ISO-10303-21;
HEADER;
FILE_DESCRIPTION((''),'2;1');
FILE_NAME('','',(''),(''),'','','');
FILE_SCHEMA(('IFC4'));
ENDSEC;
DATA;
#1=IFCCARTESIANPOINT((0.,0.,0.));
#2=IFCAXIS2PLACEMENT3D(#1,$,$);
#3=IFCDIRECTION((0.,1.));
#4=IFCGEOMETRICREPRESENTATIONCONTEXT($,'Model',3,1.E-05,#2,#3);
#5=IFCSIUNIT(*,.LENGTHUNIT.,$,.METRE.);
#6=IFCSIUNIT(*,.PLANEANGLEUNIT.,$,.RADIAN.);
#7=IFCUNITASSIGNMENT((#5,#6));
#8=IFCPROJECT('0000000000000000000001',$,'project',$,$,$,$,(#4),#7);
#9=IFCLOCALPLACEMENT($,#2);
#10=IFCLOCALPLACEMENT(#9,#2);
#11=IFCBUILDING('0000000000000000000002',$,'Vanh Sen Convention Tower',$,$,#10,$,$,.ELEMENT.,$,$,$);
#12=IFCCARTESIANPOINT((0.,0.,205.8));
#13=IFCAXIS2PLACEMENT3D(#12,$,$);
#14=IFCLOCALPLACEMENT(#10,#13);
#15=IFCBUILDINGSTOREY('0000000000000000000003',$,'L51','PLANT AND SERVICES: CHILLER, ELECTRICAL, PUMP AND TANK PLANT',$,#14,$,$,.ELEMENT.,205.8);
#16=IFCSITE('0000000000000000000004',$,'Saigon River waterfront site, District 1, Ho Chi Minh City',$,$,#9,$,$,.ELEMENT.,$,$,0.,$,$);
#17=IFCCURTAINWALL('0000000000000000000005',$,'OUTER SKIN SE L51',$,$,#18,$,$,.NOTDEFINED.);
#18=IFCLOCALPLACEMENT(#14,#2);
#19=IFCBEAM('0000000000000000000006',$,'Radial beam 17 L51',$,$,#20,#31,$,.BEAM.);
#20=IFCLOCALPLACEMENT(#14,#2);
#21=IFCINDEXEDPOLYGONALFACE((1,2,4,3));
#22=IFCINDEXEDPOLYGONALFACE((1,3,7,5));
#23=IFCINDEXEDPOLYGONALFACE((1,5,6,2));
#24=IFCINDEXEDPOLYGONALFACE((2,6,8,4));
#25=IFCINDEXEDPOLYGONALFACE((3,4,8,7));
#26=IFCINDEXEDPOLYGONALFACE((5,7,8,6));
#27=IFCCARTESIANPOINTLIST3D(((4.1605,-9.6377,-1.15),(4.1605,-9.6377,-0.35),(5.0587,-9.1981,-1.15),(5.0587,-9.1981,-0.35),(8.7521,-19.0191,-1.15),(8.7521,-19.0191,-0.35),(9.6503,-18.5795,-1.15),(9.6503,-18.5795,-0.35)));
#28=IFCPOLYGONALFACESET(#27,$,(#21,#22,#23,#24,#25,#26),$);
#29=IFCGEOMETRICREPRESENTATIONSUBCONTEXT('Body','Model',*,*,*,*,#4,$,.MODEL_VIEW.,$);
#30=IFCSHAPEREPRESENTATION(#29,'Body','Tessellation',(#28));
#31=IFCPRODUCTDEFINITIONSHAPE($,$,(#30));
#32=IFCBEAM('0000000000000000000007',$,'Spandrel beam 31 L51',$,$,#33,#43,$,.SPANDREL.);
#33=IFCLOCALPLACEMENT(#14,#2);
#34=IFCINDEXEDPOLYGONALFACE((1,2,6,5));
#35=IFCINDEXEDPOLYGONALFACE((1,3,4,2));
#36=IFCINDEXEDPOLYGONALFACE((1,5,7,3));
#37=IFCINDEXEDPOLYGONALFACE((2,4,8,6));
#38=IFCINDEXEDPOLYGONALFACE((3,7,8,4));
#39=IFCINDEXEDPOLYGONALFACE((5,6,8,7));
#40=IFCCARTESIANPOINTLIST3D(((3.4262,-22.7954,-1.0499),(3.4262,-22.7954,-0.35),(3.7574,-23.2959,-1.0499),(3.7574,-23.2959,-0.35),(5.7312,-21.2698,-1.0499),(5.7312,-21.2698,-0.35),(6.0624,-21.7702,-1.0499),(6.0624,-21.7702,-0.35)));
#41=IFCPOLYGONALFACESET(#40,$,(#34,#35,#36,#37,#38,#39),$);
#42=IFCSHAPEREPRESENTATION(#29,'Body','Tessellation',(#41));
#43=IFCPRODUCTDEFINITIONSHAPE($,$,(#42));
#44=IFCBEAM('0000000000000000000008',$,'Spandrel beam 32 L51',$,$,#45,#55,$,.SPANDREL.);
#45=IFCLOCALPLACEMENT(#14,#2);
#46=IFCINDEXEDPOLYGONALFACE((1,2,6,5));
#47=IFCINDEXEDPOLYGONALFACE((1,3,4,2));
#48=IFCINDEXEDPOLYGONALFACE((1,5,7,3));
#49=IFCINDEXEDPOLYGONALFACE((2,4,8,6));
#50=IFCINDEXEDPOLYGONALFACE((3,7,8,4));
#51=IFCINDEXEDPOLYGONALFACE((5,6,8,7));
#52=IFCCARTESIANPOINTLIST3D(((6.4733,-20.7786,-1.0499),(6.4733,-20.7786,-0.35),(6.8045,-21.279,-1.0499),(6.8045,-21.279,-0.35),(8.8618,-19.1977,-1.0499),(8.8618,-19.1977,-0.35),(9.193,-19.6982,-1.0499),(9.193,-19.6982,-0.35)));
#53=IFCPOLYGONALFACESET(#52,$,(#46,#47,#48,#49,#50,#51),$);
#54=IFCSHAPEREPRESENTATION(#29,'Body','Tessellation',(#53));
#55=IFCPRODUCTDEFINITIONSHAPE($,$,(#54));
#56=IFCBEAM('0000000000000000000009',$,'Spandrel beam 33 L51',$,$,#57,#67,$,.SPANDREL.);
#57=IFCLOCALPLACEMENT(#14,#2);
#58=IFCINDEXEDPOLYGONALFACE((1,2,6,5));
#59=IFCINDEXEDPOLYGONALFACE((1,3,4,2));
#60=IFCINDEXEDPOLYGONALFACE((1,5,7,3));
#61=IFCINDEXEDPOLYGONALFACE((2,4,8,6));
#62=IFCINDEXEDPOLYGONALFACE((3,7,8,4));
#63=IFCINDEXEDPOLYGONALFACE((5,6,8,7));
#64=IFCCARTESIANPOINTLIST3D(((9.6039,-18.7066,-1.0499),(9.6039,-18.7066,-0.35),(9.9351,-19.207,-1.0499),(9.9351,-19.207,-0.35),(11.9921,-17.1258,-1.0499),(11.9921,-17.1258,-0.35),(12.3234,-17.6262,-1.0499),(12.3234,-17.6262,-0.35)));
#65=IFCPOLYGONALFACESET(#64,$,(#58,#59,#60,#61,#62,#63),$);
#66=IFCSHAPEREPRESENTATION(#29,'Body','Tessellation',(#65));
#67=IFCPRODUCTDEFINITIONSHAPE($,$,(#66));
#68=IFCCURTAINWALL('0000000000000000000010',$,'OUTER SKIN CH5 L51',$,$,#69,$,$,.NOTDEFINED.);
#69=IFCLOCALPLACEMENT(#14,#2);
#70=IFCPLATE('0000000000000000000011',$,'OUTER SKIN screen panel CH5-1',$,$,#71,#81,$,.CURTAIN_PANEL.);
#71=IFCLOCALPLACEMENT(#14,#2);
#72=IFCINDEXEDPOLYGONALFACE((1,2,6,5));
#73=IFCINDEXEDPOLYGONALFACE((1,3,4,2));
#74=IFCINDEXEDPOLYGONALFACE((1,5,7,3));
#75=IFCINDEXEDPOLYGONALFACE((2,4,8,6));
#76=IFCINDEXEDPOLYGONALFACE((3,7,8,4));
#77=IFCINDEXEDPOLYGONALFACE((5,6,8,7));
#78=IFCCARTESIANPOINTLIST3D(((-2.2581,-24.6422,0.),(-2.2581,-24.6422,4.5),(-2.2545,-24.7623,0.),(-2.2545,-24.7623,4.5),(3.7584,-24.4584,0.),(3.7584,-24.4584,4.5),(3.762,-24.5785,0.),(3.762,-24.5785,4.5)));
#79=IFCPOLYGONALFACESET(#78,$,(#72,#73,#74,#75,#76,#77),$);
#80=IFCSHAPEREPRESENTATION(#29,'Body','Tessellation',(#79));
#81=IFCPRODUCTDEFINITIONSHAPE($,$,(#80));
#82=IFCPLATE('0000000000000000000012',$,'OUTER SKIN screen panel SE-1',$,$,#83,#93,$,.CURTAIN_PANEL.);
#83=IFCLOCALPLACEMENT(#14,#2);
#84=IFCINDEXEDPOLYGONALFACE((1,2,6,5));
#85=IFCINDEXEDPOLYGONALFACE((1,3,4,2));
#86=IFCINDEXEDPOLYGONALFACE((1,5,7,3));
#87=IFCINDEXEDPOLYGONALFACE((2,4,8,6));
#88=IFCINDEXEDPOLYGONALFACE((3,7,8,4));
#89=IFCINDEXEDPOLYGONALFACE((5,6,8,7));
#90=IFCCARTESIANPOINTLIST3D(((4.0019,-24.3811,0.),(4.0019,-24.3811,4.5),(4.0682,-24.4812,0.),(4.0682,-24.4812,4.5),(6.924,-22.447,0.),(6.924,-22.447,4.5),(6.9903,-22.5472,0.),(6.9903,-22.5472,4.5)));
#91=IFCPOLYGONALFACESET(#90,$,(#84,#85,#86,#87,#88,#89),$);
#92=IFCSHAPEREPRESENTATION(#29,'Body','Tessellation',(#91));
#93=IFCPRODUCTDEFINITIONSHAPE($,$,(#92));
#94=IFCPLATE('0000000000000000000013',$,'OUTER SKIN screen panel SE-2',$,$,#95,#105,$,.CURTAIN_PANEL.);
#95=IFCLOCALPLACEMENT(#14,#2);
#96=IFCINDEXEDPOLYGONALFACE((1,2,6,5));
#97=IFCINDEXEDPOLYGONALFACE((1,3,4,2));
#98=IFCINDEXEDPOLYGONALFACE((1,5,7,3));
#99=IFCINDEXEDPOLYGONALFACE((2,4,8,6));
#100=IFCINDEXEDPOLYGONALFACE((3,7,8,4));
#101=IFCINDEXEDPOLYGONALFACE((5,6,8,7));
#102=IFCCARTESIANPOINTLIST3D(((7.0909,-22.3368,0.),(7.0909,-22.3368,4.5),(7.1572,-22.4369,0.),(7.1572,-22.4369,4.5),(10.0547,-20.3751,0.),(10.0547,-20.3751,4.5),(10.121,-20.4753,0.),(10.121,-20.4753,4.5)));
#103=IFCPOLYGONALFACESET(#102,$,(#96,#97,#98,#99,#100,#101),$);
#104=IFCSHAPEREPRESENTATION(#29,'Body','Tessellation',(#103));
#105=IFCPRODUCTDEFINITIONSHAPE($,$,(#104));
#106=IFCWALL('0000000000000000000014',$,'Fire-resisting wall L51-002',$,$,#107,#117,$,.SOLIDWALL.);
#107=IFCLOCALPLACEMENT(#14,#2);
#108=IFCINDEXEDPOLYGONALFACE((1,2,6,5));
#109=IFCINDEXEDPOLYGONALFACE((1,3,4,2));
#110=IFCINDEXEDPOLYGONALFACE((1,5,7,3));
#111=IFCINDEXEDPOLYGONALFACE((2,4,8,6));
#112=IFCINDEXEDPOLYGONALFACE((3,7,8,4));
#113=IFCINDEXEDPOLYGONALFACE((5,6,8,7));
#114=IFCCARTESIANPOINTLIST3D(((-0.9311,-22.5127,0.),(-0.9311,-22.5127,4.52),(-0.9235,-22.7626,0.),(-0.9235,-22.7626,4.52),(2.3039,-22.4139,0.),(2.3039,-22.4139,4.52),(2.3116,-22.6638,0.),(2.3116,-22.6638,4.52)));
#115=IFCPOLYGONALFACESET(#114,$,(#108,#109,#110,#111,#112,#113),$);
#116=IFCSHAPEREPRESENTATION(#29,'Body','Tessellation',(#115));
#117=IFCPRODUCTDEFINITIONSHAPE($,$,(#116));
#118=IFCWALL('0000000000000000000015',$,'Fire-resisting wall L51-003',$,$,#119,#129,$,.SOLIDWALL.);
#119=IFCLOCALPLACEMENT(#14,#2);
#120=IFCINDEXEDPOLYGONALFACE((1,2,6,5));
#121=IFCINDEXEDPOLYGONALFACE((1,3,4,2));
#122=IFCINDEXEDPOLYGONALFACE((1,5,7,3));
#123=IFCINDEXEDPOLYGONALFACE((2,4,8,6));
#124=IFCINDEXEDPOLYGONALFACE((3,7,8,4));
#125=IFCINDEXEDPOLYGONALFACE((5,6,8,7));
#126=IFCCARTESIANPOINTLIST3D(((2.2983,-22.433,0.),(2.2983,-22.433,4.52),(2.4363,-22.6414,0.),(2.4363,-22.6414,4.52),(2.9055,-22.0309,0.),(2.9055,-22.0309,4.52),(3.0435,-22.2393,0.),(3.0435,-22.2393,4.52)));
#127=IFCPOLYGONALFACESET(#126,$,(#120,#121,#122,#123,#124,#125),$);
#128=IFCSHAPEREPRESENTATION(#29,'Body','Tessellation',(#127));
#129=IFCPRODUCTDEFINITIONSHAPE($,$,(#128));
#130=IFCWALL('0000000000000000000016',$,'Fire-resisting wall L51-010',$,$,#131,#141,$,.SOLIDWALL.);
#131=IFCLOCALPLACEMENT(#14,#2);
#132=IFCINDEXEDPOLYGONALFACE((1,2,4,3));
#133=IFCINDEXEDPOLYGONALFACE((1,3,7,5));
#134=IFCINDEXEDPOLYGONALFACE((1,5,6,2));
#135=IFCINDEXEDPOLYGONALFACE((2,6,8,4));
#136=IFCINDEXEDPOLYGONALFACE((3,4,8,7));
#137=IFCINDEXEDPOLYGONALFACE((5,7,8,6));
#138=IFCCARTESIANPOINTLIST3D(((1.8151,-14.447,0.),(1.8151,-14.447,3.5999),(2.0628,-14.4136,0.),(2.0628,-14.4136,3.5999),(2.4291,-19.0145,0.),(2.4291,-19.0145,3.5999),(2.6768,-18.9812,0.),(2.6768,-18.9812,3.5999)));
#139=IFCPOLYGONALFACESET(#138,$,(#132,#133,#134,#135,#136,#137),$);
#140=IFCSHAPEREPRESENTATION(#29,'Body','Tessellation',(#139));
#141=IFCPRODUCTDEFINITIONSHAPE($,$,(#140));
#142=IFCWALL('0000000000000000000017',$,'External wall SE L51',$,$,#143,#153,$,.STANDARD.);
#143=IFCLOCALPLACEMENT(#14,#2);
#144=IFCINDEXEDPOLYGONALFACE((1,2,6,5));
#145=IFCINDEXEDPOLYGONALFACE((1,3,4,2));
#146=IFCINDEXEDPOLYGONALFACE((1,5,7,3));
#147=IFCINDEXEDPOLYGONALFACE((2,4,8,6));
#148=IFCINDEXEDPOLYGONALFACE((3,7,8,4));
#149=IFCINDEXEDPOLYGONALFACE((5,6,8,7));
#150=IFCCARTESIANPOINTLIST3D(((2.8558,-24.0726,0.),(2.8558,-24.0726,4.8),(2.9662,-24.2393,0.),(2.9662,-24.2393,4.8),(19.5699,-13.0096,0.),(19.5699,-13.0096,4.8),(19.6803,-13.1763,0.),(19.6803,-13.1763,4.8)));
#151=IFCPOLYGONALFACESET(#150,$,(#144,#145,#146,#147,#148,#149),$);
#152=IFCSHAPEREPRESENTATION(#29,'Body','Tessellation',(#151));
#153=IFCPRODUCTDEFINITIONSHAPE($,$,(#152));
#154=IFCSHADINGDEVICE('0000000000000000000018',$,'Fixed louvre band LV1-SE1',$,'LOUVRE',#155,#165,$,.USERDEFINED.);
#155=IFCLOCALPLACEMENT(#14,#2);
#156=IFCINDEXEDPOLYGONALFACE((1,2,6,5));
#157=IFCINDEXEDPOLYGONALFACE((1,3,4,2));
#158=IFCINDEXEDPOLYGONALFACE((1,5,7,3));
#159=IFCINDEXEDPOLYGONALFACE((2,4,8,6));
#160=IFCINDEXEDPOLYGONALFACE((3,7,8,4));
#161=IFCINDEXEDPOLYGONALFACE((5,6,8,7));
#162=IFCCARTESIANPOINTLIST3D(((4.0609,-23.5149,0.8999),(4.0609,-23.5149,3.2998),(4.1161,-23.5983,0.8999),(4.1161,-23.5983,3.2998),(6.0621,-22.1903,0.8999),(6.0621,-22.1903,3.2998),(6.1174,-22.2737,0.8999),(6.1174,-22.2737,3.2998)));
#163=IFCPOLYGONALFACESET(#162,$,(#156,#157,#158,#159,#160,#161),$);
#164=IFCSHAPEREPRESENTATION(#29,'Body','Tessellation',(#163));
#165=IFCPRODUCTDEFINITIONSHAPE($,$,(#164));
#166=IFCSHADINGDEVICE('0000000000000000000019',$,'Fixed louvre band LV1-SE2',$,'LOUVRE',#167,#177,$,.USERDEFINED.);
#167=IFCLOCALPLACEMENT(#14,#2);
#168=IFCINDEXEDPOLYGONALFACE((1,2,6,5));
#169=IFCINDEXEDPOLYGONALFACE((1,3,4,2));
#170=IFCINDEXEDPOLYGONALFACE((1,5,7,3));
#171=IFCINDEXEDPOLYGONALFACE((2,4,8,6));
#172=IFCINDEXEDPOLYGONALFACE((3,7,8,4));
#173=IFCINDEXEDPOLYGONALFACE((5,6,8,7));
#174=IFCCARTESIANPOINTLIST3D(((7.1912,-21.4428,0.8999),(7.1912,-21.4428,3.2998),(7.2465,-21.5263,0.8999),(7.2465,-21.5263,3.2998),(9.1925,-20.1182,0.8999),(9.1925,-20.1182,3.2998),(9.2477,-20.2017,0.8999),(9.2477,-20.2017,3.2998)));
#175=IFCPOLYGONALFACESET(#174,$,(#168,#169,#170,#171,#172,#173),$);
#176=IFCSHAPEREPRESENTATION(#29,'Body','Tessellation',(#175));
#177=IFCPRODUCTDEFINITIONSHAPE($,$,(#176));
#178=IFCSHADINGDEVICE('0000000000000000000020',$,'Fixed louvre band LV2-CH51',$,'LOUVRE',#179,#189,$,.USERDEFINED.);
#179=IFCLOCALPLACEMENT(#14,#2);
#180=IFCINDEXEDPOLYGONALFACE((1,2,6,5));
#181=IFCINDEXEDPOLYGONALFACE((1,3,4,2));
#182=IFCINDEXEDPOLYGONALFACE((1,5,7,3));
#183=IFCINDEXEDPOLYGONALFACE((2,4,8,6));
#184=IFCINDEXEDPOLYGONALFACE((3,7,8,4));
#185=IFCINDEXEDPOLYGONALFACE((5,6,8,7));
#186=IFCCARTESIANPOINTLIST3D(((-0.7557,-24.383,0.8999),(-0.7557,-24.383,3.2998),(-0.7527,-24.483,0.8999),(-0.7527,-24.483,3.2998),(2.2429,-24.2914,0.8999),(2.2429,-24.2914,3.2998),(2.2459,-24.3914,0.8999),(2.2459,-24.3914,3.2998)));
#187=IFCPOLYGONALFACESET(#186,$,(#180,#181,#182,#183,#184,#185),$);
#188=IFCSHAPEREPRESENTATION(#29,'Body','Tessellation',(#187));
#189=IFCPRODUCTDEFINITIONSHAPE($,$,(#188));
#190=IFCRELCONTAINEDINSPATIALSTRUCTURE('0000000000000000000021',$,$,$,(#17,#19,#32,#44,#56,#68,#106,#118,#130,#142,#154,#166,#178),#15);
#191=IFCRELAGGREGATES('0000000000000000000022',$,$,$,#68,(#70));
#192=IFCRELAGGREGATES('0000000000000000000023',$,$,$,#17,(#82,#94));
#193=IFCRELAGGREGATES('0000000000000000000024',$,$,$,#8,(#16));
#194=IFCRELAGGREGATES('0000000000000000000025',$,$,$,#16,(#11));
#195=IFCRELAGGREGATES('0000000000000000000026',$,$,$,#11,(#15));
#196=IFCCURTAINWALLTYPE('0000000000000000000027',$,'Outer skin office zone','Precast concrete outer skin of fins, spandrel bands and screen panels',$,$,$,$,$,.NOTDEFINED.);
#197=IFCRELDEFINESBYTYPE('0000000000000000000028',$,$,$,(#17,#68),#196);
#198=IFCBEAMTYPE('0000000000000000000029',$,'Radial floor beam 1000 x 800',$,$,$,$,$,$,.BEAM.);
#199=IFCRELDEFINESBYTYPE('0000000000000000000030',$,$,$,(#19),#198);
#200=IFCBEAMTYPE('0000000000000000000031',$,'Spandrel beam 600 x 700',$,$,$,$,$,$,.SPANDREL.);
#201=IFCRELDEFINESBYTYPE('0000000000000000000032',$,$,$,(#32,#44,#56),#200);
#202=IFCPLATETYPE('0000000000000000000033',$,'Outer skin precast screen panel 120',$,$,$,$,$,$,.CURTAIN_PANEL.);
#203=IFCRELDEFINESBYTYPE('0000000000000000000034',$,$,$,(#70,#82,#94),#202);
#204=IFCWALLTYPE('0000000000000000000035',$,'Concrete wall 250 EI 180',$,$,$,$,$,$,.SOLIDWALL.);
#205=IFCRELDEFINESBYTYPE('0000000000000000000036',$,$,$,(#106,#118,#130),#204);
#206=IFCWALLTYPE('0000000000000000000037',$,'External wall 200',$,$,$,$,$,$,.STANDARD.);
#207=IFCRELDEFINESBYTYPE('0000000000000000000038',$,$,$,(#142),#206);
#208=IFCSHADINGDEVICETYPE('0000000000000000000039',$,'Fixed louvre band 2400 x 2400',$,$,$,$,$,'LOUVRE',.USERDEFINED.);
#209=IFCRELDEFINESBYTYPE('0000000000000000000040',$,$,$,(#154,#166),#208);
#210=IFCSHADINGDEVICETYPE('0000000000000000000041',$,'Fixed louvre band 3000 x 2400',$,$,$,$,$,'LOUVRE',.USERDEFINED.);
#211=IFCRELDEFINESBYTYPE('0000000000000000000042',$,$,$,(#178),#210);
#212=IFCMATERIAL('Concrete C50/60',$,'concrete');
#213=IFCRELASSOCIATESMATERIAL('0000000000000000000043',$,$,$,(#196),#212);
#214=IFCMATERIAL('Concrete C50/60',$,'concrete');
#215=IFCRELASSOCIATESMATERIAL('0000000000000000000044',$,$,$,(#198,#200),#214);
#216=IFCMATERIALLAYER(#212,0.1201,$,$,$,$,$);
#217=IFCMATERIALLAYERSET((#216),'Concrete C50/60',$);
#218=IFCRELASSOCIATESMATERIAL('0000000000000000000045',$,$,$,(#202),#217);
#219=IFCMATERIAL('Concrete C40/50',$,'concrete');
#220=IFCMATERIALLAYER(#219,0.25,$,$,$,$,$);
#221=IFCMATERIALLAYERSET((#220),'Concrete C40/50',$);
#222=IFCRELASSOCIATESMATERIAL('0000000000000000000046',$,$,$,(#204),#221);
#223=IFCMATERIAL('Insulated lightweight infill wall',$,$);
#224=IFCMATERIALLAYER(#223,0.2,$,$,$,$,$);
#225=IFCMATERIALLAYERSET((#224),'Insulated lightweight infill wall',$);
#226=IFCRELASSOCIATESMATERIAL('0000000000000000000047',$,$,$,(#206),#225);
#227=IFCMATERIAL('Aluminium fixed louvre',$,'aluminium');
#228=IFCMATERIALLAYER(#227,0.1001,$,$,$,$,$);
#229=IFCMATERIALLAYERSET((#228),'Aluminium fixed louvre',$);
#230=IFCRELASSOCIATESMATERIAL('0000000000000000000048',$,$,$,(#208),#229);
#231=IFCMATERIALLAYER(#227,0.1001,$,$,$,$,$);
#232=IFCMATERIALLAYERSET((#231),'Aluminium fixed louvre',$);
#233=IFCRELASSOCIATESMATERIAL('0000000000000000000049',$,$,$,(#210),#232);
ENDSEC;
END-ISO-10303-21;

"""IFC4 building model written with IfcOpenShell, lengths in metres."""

from ifc_helpers import new_model, si_unit, direction, frame, frame_2d, origin, origin_2d, place, context, subcontext, project, spatial, rectangle, extrude, material, layer, layer_set, material_profile, profile_set, type_object, element, aggregate, save


model = new_model("IFC4")

# Units and contexts
model_context = context("Model", 3, precision=1e-05, world=origin(), true_north=direction((0.0, 1.0)))
body_context = subcontext(model_context, "Body", "Model", "MODEL_VIEW")
ifc_project = project(units=[si_unit("LENGTHUNIT", "METRE"), si_unit("PLANEANGLEUNIT", "RADIAN")], contexts=[model_context])

# Site, building, storey
site_placement = place(None, origin())
site = spatial("IfcSite", under=ifc_project, at=site_placement, Name="Saigon River waterfront site, District 1, Ho Chi Minh City", CompositionType="ELEMENT", RefElevation=0.0)
building_placement = place(site_placement, origin())
building = spatial("IfcBuilding", under=site, at=building_placement, Name="Vanh Sen Convention Tower", CompositionType="ELEMENT")
storey_placement = place(building_placement, frame((0.0, 0.0, 205.8)))
storey = spatial("IfcBuildingStorey", under=building, at=storey_placement, Name="L51", Description="PLANT AND SERVICES: CHILLER, ELECTRICAL, PUMP AND TANK PLANT", CompositionType="ELEMENT", Elevation=205.8)

# Curtain wall
ifc_material_1 = material(Name="Concrete C50/60", Category="concrete")
curtain_wall_type = type_object("IfcCurtainWallType", Name="Outer skin office zone", Description="Precast concrete outer skin of fins, spandrel bands and screen panels", PredefinedType="NOTDEFINED", material=ifc_material_1)
curtain_wall_1_placement = place(storey_placement, origin())
curtain_wall_1 = element("IfcCurtainWall", 1, at=curtain_wall_1_placement, inside=storey, type_object=curtain_wall_type, Name="OUTER SKIN SE L51", PredefinedType="NOTDEFINED")

# Beams
ifc_material_2 = material(Name="Concrete C50/60", Category="concrete")
ifc_material_profile_1 = material_profile(ifc_material_2, rectangle(XDim=1.0, YDim=0.8, at=origin_2d()), Name="RC 1000X800")
ifc_profile_set_1 = profile_set([ifc_material_profile_1], Name="Concrete C50/60")
beam_type_1 = type_object("IfcBeamType", Name="Radial floor beam 1000 x 800", PredefinedType="BEAM", material=ifc_profile_set_1)
beam_1_placement = place(storey_placement, frame((9.2012, -18.7993, -0.75), z_axis=(-0.439605, 0.898191, 0.0), x_axis=(-0.898191, -0.439605, 0.0)))
element("IfcBeam", 2, at=beam_1_placement, inside=storey, type_object=beam_type_1, Name="Radial beam 17 L51", PredefinedType="BEAM", context=body_context, shape_type="SweptSolid", body=[
    extrude(rectangle(XDim=1.0, YDim=0.8, at=origin_2d()), origin(), (0.0, 0.0, 1.0), 10.4448),
])
ifc_material_profile_2 = material_profile(ifc_material_2, rectangle(XDim=0.6001, YDim=0.7, at=origin_2d()), Name="RC 600X700")
ifc_profile_set_2 = profile_set([ifc_material_profile_2], Name="Concrete C50/60")
beam_type_2 = type_object("IfcBeamType", Name="Spandrel beam 600 x 700", PredefinedType="SPANDREL", material=ifc_profile_set_2)
beam_2_placement = place(storey_placement, frame((3.5918, -23.0457, -0.7), z_axis=(0.83388, 0.551945, 0.0), x_axis=(-0.551945, 0.83388, 0.0)))
element("IfcBeam", 3, at=beam_2_placement, inside=storey, type_object=beam_type_2, Name="Spandrel beam 31 L51", PredefinedType="SPANDREL", context=body_context, shape_type="SweptSolid", body=[
    extrude(rectangle(XDim=0.6001, YDim=0.7, at=origin_2d()), origin(), (0.0, 0.0, 1.0), 2.7642),
])
beam_3_placement = place(storey_placement, frame((6.6389, -21.0288, -0.7), z_axis=(0.833895, 0.551924, 0.0), x_axis=(-0.551924, 0.833895, 0.0)))
element("IfcBeam", 4, at=beam_3_placement, inside=storey, type_object=beam_type_2, Name="Spandrel beam 32 L51", PredefinedType="SPANDREL", context=body_context, shape_type="SweptSolid", body=[
    extrude(rectangle(XDim=0.6001, YDim=0.7, at=origin_2d()), origin(), (0.0, 0.0, 1.0), 2.8643),
])
beam_4_placement = place(storey_placement, frame((9.7695, -18.9568, -0.7), z_axis=(0.833869, 0.551963, 0.0), x_axis=(-0.551963, 0.833869, 0.0)))
element("IfcBeam", 5, at=beam_4_placement, inside=storey, type_object=beam_type_2, Name="Spandrel beam 33 L51", PredefinedType="SPANDREL", context=body_context, shape_type="SweptSolid", body=[
    extrude(rectangle(XDim=0.6001, YDim=0.7, at=origin_2d()), origin(), (0.0, 0.0, 1.0), 2.864),
])

# Curtain wall, plate
curtain_wall_2_placement = place(storey_placement, origin())
curtain_wall_2 = element("IfcCurtainWall", 6, at=curtain_wall_2_placement, inside=storey, type_object=curtain_wall_type, Name="OUTER SKIN CH5 L51", PredefinedType="NOTDEFINED")
ifc_layer_1 = layer(ifc_material_1, 0.1201)
ifc_layer_set_1 = layer_set([ifc_layer_1], Name="Concrete C50/60")
plate_type = type_object("IfcPlateType", Name="Outer skin precast screen panel 120", PredefinedType="CURTAIN_PANEL", material=ifc_layer_set_1)
plate_1_placement = place(storey_placement, frame((0.752, -24.6104, 0.0), z_axis=(0.0, 0.0, 1.0), x_axis=(0.999534, 0.03054, 0.0)))
plate_1 = element("IfcPlate", 7, at=plate_1_placement, type_object=plate_type, Name="OUTER SKIN screen panel CH5-1", PredefinedType="CURTAIN_PANEL", context=body_context, shape_type="SweptSolid", body=[
    extrude(rectangle(XDim=6.0193, YDim=0.1201, at=origin_2d()), origin(), (0.0, 0.0, 1.0), 4.5),
])
aggregate(curtain_wall_2, [plate_1])

# Plates
plate_2_placement = place(storey_placement, frame((5.4961, -23.4641, 0.0), z_axis=(0.0, 0.0, 1.0), x_axis=(0.83389, 0.551931, 0.0)))
plate_2 = element("IfcPlate", 8, at=plate_2_placement, type_object=plate_type, Name="OUTER SKIN screen panel SE-1", PredefinedType="CURTAIN_PANEL", context=body_context, shape_type="SweptSolid", body=[
    extrude(rectangle(XDim=3.5042, YDim=0.1201, at=origin_2d()), origin(), (0.0, 0.0, 1.0), 4.5),
])
plate_3_placement = place(storey_placement, frame((8.606, -21.406, 0.0), z_axis=(0.0, 0.0, 1.0), x_axis=(0.83389, 0.551931, 0.0)))
plate_3 = element("IfcPlate", 9, at=plate_3_placement, type_object=plate_type, Name="OUTER SKIN screen panel SE-2", PredefinedType="CURTAIN_PANEL", context=body_context, shape_type="SweptSolid", body=[
    extrude(rectangle(XDim=3.5542, YDim=0.1201, at=origin_2d()), origin(), (0.0, 0.0, 1.0), 4.5),
])
aggregate(curtain_wall_1, [plate_2, plate_3])

# Walls
ifc_material_3 = material(Name="Concrete C40/50", Category="concrete")
ifc_layer_2 = layer(ifc_material_3, 0.25)
ifc_layer_set_2 = layer_set([ifc_layer_2], Name="Concrete C40/50")
wall_type_1 = type_object("IfcWallType", Name="Concrete wall 250 EI 180", PredefinedType="SOLIDWALL", material=ifc_layer_set_2)
wall_1_placement = place(storey_placement, frame((2.3076, -22.5388, 0.0), z_axis=(0.0, 0.0, 1.0), x_axis=(-0.999533, -0.030549, 0.0)))
element("IfcWall", 10, at=wall_1_placement, inside=storey, type_object=wall_type_1, Name="Fire-resisting wall L51-002", PredefinedType="SOLIDWALL", context=body_context, shape_type="SweptSolid", body=[
    extrude(rectangle(XDim=3.2366, YDim=0.25, at=frame_2d((1.6182, 0.0))), origin(), (0.0, 0.0, 1.0), 4.52),
])
wall_2_placement = place(storey_placement, frame((2.9746, -22.135, 0.0), z_axis=(0.0, 0.0, 1.0), x_axis=(-0.833748, -0.552145, 0.0)))
element("IfcWall", 11, at=wall_2_placement, inside=storey, type_object=wall_type_1, Name="Fire-resisting wall L51-003", PredefinedType="SOLIDWALL", context=body_context, shape_type="SweptSolid", body=[
    extrude(rectangle(XDim=0.7283, YDim=0.25, at=frame_2d((0.3643, 0.0))), origin(), (0.0, 0.0, 1.0), 4.52),
])
wall_3_placement = place(storey_placement, frame((1.939, -14.4304, 0.0), z_axis=(0.0, 0.0, 1.0), x_axis=(0.133229, -0.991085, 0.0)))
element("IfcWall", 12, at=wall_3_placement, inside=storey, type_object=wall_type_1, Name="Fire-resisting wall L51-010", PredefinedType="SOLIDWALL", context=body_context, shape_type="SweptSolid", body=[
    extrude(rectangle(XDim=4.6086, YDim=0.25, at=frame_2d((2.3042, 0.0))), origin(), (0.0, 0.0, 1.0), 3.5999),
])
ifc_material_4 = material(Name="Insulated lightweight infill wall")
ifc_layer_3 = layer(ifc_material_4, 0.2)
ifc_layer_set_3 = layer_set([ifc_layer_3], Name="Insulated lightweight infill wall")
wall_type_2 = type_object("IfcWallType", Name="External wall 200", PredefinedType="STANDARD", material=ifc_layer_set_3)
wall_4_placement = place(storey_placement, frame((2.9109, -24.156, 0.0), z_axis=(0.0, 0.0, 1.0), x_axis=(0.833882, 0.551943, 0.0)))
element("IfcWall", 13, at=wall_4_placement, inside=storey, type_object=wall_type_2, Name="External wall SE L51", PredefinedType="STANDARD", context=body_context, shape_type="SweptSolid", body=[
    extrude(rectangle(XDim=20.0437, YDim=0.2, at=frame_2d((10.022, 0.0))), origin(), (0.0, 0.0, 1.0), 4.8),
])

# Shading devices
ifc_material_5 = material(Name="Aluminium fixed louvre", Category="aluminium")
ifc_layer_4 = layer(ifc_material_5, 0.1001)
ifc_layer_set_4 = layer_set([ifc_layer_4], Name="Aluminium fixed louvre")
shading_device_type_1 = type_object("IfcShadingDeviceType", Name="Fixed louvre band 2400 x 2400", ElementType="LOUVRE", PredefinedType="USERDEFINED", material=ifc_layer_set_4)
for number, where, z_axis, x_axis, name in (
    (14, (5.0891, -22.8943, 0.8999), (0.0, 0.0, 1.0), (0.833885, 0.551938, 0.0), "Fixed louvre band LV1-SE1"),
    (15, (8.2195, -20.8223, 0.8999), (0.0, 0.0, 1.0), (0.833885, 0.551938, 0.0), "Fixed louvre band LV1-SE2"),
):
    element("IfcShadingDevice", number, at=place(storey_placement, frame(where, z_axis=z_axis, x_axis=x_axis)), inside=storey, type_object=shading_device_type_1, Name=name, ObjectType="LOUVRE", PredefinedType="USERDEFINED", context=body_context, shape_type="SweptSolid", body=[
        extrude(rectangle(XDim=2.3999, YDim=0.1001, at=origin_2d()), origin(), (0.0, 0.0, 1.0), 2.3999),
    ])
ifc_layer_5 = layer(ifc_material_5, 0.1001)
ifc_layer_set_5 = layer_set([ifc_layer_5], Name="Aluminium fixed louvre")
shading_device_type_2 = type_object("IfcShadingDeviceType", Name="Fixed louvre band 3000 x 2400", ElementType="LOUVRE", PredefinedType="USERDEFINED", material=ifc_layer_set_5)
shading_device_placement = place(storey_placement, frame((0.7451, -24.3872, 0.8999), z_axis=(0.0, 0.0, 1.0), x_axis=(0.999534, 0.030539, 0.0)))
element("IfcShadingDevice", 16, at=shading_device_placement, inside=storey, type_object=shading_device_type_2, Name="Fixed louvre band LV2-CH51", ObjectType="LOUVRE", PredefinedType="USERDEFINED", context=body_context, shape_type="SweptSolid", body=[
    extrude(rectangle(XDim=3.0, YDim=0.1001, at=origin_2d()), origin(), (0.0, 0.0, 1.0), 2.3999),
])

save(model, "model.ifc")
